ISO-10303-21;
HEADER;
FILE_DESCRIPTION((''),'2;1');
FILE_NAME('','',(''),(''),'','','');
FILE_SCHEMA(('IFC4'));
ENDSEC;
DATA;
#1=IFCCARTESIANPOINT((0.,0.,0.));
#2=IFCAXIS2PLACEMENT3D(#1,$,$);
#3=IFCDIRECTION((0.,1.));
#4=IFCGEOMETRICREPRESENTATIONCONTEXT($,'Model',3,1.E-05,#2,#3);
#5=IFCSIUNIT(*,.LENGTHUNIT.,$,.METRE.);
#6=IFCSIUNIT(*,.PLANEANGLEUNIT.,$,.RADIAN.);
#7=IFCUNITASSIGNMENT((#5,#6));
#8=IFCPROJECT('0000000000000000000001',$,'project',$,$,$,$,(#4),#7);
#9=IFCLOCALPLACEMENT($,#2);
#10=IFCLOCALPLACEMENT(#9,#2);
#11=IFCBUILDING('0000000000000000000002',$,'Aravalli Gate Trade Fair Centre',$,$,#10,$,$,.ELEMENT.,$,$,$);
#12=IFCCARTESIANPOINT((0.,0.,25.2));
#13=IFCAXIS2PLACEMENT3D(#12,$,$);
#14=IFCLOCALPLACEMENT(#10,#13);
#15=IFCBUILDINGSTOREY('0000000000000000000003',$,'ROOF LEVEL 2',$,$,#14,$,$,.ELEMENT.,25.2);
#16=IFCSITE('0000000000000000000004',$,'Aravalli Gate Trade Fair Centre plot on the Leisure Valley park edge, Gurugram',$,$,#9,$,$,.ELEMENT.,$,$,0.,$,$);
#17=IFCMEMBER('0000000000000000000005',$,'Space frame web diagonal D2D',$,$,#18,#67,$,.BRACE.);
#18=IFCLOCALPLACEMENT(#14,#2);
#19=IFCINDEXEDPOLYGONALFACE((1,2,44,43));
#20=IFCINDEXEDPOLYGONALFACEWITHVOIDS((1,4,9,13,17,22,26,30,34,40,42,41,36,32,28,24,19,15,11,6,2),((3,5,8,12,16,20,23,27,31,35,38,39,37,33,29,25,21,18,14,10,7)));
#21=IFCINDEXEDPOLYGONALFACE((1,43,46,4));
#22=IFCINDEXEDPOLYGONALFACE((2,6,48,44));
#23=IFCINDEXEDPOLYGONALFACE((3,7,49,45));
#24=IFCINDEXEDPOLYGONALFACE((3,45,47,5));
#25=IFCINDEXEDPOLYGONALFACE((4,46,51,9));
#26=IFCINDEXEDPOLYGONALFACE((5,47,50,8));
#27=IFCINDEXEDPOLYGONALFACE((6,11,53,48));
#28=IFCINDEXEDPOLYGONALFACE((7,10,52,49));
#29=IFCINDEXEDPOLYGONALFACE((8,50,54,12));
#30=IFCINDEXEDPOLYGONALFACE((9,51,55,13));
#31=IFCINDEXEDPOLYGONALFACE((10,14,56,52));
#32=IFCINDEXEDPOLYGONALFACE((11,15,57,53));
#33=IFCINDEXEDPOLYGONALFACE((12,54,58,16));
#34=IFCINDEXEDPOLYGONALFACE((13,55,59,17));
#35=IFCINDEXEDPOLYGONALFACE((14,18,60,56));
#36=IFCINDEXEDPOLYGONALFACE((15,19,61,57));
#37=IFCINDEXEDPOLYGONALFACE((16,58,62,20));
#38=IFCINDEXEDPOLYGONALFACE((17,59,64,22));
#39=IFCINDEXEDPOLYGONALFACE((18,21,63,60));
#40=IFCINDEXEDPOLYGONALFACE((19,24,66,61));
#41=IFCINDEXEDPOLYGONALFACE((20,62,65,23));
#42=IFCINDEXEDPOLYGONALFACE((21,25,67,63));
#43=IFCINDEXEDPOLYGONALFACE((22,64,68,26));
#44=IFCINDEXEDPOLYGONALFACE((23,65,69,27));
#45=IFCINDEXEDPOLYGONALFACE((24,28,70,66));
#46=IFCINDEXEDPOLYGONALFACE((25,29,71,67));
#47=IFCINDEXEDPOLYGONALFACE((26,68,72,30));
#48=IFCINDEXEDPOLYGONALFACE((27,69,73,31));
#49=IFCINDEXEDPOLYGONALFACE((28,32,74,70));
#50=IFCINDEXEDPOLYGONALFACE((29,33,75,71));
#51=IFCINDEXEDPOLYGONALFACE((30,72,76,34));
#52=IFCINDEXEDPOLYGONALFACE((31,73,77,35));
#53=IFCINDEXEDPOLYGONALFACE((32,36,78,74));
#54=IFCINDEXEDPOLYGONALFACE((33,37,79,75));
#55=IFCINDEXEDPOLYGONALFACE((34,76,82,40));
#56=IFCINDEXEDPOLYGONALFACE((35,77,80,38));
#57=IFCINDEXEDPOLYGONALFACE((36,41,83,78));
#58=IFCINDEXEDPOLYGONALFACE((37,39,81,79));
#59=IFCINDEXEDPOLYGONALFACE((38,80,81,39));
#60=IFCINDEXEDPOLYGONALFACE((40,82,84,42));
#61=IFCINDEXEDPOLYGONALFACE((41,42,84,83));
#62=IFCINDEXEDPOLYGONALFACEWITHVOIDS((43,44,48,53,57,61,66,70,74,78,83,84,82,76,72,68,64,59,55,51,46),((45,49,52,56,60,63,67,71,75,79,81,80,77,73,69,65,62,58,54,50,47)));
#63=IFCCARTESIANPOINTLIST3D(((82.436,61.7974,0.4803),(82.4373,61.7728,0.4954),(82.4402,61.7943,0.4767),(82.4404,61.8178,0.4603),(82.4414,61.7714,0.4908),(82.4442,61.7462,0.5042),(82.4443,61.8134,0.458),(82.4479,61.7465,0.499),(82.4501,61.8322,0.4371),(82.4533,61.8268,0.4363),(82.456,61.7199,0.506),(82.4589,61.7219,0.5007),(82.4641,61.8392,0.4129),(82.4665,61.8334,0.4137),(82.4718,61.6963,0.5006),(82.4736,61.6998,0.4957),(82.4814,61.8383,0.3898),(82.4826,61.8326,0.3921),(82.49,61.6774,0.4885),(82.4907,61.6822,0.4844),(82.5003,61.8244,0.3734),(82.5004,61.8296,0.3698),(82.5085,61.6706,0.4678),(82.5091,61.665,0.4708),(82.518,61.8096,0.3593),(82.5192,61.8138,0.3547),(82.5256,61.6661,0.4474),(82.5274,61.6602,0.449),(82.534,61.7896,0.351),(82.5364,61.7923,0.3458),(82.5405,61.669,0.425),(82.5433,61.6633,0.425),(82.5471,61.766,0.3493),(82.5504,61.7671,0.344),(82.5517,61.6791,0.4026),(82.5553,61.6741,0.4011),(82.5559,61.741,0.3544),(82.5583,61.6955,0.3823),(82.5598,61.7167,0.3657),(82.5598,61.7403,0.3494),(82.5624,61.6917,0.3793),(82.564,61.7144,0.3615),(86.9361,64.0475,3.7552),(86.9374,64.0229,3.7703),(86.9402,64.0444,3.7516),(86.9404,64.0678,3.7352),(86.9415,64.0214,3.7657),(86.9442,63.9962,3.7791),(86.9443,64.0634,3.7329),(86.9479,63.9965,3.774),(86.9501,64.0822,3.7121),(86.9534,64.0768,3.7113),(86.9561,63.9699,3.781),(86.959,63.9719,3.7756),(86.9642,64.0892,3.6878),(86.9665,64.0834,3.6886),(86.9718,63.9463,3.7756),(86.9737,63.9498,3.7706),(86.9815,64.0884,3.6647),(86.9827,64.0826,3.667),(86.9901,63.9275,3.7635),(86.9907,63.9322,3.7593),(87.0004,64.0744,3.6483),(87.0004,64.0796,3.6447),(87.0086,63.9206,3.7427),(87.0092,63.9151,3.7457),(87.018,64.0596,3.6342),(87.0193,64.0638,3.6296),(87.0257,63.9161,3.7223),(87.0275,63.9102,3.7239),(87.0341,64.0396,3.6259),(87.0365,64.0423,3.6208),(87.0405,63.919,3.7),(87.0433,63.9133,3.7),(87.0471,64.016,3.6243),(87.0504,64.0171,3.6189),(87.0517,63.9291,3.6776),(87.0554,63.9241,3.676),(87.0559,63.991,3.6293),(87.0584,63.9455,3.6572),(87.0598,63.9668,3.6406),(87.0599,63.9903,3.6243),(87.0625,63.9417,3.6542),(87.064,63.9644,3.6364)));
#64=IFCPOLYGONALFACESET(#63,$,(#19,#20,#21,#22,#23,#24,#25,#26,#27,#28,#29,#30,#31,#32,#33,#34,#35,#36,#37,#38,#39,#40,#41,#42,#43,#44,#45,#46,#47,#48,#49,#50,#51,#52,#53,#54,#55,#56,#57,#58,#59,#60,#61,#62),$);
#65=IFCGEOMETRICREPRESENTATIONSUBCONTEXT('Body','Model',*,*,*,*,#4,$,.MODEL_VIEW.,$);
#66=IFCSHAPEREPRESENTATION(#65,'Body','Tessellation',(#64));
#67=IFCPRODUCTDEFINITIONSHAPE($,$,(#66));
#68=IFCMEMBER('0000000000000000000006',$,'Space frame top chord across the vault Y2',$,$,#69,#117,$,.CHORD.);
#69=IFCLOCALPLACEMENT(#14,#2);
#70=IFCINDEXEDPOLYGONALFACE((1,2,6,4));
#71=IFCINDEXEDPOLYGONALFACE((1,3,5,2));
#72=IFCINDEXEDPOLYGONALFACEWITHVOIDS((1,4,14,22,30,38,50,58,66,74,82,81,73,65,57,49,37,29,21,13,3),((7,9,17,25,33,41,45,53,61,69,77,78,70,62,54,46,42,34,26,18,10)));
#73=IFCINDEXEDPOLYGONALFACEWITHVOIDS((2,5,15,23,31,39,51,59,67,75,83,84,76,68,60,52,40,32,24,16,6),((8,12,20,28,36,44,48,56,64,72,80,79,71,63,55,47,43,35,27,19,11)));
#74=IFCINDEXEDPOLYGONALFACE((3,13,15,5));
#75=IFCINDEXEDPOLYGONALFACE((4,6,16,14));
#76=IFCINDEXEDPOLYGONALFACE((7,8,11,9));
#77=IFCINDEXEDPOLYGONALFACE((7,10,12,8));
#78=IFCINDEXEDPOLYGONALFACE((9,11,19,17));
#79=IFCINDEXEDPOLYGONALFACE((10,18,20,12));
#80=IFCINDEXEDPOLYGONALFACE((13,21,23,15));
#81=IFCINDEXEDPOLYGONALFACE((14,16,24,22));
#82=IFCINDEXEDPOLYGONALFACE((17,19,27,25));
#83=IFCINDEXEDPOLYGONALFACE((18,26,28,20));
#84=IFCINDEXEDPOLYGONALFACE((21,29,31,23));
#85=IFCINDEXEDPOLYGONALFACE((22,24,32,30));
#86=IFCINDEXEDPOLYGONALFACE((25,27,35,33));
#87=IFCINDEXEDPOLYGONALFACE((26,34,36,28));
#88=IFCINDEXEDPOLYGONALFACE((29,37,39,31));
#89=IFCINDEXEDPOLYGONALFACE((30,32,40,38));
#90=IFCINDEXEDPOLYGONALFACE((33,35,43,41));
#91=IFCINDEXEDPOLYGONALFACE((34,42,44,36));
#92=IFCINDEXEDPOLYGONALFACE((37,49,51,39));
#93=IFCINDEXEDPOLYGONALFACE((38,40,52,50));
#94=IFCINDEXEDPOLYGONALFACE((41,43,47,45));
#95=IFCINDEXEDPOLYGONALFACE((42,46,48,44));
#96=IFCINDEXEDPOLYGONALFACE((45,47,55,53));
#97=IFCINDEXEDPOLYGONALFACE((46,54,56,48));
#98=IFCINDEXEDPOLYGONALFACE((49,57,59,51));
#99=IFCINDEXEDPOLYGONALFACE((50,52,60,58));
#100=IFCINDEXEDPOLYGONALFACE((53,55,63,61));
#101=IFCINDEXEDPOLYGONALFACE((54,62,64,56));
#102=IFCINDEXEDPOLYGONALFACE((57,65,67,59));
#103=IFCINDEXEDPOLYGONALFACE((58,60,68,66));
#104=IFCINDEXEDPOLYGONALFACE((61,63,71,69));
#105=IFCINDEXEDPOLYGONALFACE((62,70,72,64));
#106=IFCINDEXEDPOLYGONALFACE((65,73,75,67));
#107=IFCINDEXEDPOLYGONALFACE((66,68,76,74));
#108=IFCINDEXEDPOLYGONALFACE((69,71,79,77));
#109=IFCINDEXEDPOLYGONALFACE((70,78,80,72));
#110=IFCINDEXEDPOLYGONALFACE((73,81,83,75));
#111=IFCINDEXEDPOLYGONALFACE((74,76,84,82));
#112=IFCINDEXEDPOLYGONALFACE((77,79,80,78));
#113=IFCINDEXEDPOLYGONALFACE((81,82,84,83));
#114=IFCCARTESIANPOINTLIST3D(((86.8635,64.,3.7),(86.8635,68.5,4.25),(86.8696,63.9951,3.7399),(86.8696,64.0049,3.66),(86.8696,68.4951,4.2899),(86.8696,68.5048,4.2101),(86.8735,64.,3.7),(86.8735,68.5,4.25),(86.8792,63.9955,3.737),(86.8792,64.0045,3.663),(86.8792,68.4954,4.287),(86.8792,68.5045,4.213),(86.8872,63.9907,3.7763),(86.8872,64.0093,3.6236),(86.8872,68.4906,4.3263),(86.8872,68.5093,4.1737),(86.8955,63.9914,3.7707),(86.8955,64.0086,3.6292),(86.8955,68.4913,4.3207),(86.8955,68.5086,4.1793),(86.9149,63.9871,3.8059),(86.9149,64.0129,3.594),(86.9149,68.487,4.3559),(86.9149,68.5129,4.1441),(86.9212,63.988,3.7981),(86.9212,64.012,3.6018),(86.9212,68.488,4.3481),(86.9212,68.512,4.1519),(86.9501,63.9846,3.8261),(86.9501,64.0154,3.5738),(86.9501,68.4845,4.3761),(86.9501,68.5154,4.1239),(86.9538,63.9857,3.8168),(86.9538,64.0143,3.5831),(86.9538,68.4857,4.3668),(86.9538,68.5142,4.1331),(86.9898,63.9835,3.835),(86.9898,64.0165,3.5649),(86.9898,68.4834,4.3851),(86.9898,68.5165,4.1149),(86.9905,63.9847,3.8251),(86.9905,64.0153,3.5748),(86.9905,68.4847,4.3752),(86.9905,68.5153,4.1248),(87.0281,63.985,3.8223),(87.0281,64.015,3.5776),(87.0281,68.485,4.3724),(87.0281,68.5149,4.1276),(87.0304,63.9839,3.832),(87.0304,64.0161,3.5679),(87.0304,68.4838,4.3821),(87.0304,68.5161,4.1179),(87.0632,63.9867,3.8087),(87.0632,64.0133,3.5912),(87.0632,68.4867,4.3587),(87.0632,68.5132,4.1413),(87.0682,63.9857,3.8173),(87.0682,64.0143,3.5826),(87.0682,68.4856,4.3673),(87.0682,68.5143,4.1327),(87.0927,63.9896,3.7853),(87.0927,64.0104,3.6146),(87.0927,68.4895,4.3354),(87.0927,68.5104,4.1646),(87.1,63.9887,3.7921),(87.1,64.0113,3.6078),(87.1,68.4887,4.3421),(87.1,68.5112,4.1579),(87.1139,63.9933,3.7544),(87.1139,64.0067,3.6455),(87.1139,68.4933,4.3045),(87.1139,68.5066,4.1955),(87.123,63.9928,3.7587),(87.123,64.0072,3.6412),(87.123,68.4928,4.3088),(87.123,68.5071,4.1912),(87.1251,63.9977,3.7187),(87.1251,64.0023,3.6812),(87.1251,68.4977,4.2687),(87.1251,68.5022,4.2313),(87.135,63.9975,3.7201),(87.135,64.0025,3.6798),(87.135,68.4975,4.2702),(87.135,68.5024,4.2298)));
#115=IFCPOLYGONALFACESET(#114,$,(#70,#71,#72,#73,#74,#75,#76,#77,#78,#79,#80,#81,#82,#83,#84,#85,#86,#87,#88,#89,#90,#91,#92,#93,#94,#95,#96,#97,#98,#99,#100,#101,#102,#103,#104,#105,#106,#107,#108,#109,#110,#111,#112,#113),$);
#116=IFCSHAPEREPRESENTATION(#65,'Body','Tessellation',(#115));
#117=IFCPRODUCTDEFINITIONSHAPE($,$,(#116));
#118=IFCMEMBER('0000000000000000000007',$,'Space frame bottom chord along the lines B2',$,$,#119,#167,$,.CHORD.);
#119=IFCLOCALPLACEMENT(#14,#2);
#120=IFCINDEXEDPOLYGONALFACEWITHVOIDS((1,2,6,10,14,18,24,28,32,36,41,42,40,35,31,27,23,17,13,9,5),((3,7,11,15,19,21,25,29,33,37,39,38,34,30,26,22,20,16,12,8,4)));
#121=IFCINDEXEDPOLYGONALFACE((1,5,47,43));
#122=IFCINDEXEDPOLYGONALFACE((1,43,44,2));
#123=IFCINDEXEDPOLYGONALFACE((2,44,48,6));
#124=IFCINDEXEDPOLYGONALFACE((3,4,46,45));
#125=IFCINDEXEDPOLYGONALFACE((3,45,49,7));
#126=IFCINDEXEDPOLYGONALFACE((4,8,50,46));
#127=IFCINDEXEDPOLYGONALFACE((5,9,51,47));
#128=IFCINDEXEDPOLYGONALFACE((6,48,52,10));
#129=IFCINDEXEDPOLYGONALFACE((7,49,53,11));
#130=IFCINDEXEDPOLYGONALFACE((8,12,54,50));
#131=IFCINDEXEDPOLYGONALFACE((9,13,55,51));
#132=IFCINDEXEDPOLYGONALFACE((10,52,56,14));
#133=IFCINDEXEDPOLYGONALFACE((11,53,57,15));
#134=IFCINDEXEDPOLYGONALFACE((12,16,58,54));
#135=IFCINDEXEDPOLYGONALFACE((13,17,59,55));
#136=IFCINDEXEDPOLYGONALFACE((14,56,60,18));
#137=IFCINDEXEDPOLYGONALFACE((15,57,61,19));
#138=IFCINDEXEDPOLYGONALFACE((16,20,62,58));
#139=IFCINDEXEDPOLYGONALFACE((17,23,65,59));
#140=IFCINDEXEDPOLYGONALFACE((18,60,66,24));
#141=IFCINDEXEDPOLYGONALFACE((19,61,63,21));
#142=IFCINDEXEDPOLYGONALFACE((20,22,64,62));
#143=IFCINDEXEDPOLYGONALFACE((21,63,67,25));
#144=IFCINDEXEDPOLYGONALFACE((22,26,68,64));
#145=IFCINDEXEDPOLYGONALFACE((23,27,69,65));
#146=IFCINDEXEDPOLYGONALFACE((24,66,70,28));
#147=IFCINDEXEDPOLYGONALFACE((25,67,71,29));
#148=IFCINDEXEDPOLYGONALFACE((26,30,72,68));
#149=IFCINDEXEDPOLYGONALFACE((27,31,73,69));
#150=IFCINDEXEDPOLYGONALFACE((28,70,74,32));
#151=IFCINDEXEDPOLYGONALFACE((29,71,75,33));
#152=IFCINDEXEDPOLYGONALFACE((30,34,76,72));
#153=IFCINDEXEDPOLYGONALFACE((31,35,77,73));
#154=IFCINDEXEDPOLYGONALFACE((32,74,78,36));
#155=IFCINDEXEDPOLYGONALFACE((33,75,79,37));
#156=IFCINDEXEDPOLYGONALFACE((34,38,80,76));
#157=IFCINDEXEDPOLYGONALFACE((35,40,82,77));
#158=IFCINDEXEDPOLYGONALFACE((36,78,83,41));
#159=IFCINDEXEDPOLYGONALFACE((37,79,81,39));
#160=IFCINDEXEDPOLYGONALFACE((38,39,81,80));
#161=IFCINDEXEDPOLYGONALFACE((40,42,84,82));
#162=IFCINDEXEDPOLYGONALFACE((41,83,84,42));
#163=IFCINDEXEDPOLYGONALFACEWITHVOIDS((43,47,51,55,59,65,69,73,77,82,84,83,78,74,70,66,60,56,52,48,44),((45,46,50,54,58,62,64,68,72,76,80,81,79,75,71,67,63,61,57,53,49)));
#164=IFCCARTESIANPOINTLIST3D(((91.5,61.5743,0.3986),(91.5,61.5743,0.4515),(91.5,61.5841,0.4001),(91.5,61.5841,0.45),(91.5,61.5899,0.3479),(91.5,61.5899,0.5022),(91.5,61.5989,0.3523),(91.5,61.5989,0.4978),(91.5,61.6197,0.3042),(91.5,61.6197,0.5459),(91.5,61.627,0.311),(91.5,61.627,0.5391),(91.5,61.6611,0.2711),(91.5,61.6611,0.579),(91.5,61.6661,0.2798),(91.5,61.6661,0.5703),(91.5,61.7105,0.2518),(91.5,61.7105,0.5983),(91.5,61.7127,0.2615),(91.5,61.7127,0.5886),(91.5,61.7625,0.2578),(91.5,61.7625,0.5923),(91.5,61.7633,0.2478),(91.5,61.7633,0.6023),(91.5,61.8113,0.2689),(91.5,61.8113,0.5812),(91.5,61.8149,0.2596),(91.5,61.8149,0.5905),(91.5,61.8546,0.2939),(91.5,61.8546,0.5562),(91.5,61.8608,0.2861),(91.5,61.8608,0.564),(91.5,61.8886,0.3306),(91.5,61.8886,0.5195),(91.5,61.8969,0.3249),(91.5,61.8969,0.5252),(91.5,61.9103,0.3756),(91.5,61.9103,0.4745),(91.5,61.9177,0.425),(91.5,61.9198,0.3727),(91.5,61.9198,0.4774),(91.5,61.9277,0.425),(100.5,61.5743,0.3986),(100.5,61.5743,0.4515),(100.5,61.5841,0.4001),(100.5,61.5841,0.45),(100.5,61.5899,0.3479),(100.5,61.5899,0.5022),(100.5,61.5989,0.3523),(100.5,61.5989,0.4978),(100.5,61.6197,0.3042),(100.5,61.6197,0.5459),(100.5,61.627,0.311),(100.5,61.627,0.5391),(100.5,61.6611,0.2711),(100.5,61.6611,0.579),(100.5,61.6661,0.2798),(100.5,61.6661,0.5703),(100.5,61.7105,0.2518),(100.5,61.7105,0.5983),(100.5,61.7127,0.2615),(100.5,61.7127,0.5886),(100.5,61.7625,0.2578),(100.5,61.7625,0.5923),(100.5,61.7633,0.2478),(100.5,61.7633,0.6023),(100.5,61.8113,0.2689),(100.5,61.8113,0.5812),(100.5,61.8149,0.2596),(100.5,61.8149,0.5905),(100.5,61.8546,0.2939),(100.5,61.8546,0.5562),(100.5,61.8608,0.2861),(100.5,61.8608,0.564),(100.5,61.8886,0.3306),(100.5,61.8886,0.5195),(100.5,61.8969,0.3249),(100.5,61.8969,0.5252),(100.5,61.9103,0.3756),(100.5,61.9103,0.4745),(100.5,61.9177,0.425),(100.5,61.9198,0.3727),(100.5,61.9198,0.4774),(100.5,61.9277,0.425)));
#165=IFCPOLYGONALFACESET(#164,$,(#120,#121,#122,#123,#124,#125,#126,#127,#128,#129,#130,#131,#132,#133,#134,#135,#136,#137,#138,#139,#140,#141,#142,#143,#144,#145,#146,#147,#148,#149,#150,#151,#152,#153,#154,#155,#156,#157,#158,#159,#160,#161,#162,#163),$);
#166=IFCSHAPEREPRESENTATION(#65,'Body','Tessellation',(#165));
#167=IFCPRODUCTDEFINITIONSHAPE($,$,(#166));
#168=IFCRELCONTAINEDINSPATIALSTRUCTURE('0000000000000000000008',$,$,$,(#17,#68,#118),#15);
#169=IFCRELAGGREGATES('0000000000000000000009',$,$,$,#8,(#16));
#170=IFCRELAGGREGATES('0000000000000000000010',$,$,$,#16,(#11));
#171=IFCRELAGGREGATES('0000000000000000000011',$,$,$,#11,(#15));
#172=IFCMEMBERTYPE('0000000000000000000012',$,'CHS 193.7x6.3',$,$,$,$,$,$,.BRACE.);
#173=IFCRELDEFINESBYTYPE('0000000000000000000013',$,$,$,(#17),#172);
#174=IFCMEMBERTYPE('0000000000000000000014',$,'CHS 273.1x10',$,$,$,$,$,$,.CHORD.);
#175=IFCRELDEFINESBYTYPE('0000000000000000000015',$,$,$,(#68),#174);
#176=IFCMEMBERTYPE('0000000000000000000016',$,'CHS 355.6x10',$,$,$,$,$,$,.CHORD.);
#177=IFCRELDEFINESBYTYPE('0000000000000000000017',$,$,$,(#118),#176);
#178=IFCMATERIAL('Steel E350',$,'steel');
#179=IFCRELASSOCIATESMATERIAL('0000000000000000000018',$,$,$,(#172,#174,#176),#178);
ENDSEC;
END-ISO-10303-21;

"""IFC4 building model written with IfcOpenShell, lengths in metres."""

from ifc_helpers import new_model, si_unit, direction, frame, origin, origin_2d, place, context, subcontext, project, spatial, hollow_circle, extrude, material, material_profile, profile_set, type_object, element, save


model = new_model("IFC4")

# Units and contexts
model_context = context("Model", 3, precision=1e-05, world=origin(), true_north=direction((0.0, 1.0)))
body_context = subcontext(model_context, "Body", "Model", "MODEL_VIEW")
ifc_project = project(units=[si_unit("LENGTHUNIT", "METRE"), si_unit("PLANEANGLEUNIT", "RADIAN")], contexts=[model_context])

# Site, building, storey
site_placement = place(None, origin())
site = spatial("IfcSite", under=ifc_project, at=site_placement, Name="Aravalli Gate Trade Fair Centre plot on the Leisure Valley park edge, Gurugram", CompositionType="ELEMENT", RefElevation=0.0)
building_placement = place(site_placement, origin())
building = spatial("IfcBuilding", under=site, at=building_placement, Name="Aravalli Gate Trade Fair Centre", CompositionType="ELEMENT")
storey_placement = place(building_placement, frame((0.0, 0.0, 25.2)))
storey = spatial("IfcBuildingStorey", under=building, at=storey_placement, Name="ROOF LEVEL 2", CompositionType="ELEMENT", Elevation=25.2)

# Members
ifc_material = material(Name="Steel E350", Category="steel")
ifc_material_profile_1 = material_profile(ifc_material, hollow_circle(Radius=0.0969, WallThickness=0.0063, at=origin_2d()), Name="CHS 193.7x6.3")
ifc_profile_set_1 = profile_set([ifc_material_profile_1], Name="Steel E350")
member_type_1 = type_object("IfcMemberType", Name="CHS 193.7x6.3", PredefinedType="BRACE", material=ifc_profile_set_1)
for number, where, z_axis, x_axis, name in (
    (1, (87.0, 64.0, 3.7), (-0.74961, -0.374805, -0.545533), (0.447214, -0.894427, 0.0), "Space frame web diagonal D2D"),
):
    element("IfcMember", number, at=place(storey_placement, frame(where, z_axis=z_axis, x_axis=x_axis)), inside=storey, type_object=member_type_1, Name=name, PredefinedType="BRACE", context=body_context, shape_type="SweptSolid", body=[
        extrude(hollow_circle(Radius=0.0969, WallThickness=0.0063, at=origin_2d()), origin(), (0.0, 0.0, 1.0), 6.0032),
    ])
ifc_material_profile_2 = material_profile(ifc_material, hollow_circle(Radius=0.1365, WallThickness=0.01, at=origin_2d()), Name="CHS 273.1x10")
ifc_profile_set_2 = profile_set([ifc_material_profile_2], Name="Steel E350")
member_type_2 = type_object("IfcMemberType", Name="CHS 273.1x10", PredefinedType="CHORD", material=ifc_profile_set_2)
member_1_placement = place(storey_placement, frame((87.0, 64.0, 3.7), z_axis=(0.0, 0.992612, 0.12133), x_axis=(-1.0, 0.0, 0.0)))
element("IfcMember", 2, at=member_1_placement, inside=storey, type_object=member_type_2, Name="Space frame top chord across the vault Y2", PredefinedType="CHORD", context=body_context, shape_type="SweptSolid", body=[
    extrude(hollow_circle(Radius=0.1365, WallThickness=0.01, at=origin_2d()), origin(), (0.0, 0.0, 1.0), 4.5334),
])
ifc_material_profile_3 = material_profile(ifc_material, hollow_circle(Radius=0.1777, WallThickness=0.01, at=origin_2d()), Name="CHS 355.6x10")
ifc_profile_set_3 = profile_set([ifc_material_profile_3], Name="Steel E350")
member_type_3 = type_object("IfcMemberType", Name="CHS 355.6x10", PredefinedType="CHORD", material=ifc_profile_set_3)
for number, where, z_axis, x_axis, name in (
    (3, (91.5, 61.75, 0.425), (1.0, 0.0, 0.0), (0.0, 1.0, 0.0), "Space frame bottom chord along the lines B2"),
):
    element("IfcMember", number, at=place(storey_placement, frame(where, z_axis=z_axis, x_axis=x_axis)), inside=storey, type_object=member_type_3, Name=name, PredefinedType="CHORD", context=body_context, shape_type="SweptSolid", body=[
        extrude(hollow_circle(Radius=0.1777, WallThickness=0.01, at=origin_2d()), origin(), (0.0, 0.0, 1.0), 9.0),
    ])

save(model, "model.ifc")
